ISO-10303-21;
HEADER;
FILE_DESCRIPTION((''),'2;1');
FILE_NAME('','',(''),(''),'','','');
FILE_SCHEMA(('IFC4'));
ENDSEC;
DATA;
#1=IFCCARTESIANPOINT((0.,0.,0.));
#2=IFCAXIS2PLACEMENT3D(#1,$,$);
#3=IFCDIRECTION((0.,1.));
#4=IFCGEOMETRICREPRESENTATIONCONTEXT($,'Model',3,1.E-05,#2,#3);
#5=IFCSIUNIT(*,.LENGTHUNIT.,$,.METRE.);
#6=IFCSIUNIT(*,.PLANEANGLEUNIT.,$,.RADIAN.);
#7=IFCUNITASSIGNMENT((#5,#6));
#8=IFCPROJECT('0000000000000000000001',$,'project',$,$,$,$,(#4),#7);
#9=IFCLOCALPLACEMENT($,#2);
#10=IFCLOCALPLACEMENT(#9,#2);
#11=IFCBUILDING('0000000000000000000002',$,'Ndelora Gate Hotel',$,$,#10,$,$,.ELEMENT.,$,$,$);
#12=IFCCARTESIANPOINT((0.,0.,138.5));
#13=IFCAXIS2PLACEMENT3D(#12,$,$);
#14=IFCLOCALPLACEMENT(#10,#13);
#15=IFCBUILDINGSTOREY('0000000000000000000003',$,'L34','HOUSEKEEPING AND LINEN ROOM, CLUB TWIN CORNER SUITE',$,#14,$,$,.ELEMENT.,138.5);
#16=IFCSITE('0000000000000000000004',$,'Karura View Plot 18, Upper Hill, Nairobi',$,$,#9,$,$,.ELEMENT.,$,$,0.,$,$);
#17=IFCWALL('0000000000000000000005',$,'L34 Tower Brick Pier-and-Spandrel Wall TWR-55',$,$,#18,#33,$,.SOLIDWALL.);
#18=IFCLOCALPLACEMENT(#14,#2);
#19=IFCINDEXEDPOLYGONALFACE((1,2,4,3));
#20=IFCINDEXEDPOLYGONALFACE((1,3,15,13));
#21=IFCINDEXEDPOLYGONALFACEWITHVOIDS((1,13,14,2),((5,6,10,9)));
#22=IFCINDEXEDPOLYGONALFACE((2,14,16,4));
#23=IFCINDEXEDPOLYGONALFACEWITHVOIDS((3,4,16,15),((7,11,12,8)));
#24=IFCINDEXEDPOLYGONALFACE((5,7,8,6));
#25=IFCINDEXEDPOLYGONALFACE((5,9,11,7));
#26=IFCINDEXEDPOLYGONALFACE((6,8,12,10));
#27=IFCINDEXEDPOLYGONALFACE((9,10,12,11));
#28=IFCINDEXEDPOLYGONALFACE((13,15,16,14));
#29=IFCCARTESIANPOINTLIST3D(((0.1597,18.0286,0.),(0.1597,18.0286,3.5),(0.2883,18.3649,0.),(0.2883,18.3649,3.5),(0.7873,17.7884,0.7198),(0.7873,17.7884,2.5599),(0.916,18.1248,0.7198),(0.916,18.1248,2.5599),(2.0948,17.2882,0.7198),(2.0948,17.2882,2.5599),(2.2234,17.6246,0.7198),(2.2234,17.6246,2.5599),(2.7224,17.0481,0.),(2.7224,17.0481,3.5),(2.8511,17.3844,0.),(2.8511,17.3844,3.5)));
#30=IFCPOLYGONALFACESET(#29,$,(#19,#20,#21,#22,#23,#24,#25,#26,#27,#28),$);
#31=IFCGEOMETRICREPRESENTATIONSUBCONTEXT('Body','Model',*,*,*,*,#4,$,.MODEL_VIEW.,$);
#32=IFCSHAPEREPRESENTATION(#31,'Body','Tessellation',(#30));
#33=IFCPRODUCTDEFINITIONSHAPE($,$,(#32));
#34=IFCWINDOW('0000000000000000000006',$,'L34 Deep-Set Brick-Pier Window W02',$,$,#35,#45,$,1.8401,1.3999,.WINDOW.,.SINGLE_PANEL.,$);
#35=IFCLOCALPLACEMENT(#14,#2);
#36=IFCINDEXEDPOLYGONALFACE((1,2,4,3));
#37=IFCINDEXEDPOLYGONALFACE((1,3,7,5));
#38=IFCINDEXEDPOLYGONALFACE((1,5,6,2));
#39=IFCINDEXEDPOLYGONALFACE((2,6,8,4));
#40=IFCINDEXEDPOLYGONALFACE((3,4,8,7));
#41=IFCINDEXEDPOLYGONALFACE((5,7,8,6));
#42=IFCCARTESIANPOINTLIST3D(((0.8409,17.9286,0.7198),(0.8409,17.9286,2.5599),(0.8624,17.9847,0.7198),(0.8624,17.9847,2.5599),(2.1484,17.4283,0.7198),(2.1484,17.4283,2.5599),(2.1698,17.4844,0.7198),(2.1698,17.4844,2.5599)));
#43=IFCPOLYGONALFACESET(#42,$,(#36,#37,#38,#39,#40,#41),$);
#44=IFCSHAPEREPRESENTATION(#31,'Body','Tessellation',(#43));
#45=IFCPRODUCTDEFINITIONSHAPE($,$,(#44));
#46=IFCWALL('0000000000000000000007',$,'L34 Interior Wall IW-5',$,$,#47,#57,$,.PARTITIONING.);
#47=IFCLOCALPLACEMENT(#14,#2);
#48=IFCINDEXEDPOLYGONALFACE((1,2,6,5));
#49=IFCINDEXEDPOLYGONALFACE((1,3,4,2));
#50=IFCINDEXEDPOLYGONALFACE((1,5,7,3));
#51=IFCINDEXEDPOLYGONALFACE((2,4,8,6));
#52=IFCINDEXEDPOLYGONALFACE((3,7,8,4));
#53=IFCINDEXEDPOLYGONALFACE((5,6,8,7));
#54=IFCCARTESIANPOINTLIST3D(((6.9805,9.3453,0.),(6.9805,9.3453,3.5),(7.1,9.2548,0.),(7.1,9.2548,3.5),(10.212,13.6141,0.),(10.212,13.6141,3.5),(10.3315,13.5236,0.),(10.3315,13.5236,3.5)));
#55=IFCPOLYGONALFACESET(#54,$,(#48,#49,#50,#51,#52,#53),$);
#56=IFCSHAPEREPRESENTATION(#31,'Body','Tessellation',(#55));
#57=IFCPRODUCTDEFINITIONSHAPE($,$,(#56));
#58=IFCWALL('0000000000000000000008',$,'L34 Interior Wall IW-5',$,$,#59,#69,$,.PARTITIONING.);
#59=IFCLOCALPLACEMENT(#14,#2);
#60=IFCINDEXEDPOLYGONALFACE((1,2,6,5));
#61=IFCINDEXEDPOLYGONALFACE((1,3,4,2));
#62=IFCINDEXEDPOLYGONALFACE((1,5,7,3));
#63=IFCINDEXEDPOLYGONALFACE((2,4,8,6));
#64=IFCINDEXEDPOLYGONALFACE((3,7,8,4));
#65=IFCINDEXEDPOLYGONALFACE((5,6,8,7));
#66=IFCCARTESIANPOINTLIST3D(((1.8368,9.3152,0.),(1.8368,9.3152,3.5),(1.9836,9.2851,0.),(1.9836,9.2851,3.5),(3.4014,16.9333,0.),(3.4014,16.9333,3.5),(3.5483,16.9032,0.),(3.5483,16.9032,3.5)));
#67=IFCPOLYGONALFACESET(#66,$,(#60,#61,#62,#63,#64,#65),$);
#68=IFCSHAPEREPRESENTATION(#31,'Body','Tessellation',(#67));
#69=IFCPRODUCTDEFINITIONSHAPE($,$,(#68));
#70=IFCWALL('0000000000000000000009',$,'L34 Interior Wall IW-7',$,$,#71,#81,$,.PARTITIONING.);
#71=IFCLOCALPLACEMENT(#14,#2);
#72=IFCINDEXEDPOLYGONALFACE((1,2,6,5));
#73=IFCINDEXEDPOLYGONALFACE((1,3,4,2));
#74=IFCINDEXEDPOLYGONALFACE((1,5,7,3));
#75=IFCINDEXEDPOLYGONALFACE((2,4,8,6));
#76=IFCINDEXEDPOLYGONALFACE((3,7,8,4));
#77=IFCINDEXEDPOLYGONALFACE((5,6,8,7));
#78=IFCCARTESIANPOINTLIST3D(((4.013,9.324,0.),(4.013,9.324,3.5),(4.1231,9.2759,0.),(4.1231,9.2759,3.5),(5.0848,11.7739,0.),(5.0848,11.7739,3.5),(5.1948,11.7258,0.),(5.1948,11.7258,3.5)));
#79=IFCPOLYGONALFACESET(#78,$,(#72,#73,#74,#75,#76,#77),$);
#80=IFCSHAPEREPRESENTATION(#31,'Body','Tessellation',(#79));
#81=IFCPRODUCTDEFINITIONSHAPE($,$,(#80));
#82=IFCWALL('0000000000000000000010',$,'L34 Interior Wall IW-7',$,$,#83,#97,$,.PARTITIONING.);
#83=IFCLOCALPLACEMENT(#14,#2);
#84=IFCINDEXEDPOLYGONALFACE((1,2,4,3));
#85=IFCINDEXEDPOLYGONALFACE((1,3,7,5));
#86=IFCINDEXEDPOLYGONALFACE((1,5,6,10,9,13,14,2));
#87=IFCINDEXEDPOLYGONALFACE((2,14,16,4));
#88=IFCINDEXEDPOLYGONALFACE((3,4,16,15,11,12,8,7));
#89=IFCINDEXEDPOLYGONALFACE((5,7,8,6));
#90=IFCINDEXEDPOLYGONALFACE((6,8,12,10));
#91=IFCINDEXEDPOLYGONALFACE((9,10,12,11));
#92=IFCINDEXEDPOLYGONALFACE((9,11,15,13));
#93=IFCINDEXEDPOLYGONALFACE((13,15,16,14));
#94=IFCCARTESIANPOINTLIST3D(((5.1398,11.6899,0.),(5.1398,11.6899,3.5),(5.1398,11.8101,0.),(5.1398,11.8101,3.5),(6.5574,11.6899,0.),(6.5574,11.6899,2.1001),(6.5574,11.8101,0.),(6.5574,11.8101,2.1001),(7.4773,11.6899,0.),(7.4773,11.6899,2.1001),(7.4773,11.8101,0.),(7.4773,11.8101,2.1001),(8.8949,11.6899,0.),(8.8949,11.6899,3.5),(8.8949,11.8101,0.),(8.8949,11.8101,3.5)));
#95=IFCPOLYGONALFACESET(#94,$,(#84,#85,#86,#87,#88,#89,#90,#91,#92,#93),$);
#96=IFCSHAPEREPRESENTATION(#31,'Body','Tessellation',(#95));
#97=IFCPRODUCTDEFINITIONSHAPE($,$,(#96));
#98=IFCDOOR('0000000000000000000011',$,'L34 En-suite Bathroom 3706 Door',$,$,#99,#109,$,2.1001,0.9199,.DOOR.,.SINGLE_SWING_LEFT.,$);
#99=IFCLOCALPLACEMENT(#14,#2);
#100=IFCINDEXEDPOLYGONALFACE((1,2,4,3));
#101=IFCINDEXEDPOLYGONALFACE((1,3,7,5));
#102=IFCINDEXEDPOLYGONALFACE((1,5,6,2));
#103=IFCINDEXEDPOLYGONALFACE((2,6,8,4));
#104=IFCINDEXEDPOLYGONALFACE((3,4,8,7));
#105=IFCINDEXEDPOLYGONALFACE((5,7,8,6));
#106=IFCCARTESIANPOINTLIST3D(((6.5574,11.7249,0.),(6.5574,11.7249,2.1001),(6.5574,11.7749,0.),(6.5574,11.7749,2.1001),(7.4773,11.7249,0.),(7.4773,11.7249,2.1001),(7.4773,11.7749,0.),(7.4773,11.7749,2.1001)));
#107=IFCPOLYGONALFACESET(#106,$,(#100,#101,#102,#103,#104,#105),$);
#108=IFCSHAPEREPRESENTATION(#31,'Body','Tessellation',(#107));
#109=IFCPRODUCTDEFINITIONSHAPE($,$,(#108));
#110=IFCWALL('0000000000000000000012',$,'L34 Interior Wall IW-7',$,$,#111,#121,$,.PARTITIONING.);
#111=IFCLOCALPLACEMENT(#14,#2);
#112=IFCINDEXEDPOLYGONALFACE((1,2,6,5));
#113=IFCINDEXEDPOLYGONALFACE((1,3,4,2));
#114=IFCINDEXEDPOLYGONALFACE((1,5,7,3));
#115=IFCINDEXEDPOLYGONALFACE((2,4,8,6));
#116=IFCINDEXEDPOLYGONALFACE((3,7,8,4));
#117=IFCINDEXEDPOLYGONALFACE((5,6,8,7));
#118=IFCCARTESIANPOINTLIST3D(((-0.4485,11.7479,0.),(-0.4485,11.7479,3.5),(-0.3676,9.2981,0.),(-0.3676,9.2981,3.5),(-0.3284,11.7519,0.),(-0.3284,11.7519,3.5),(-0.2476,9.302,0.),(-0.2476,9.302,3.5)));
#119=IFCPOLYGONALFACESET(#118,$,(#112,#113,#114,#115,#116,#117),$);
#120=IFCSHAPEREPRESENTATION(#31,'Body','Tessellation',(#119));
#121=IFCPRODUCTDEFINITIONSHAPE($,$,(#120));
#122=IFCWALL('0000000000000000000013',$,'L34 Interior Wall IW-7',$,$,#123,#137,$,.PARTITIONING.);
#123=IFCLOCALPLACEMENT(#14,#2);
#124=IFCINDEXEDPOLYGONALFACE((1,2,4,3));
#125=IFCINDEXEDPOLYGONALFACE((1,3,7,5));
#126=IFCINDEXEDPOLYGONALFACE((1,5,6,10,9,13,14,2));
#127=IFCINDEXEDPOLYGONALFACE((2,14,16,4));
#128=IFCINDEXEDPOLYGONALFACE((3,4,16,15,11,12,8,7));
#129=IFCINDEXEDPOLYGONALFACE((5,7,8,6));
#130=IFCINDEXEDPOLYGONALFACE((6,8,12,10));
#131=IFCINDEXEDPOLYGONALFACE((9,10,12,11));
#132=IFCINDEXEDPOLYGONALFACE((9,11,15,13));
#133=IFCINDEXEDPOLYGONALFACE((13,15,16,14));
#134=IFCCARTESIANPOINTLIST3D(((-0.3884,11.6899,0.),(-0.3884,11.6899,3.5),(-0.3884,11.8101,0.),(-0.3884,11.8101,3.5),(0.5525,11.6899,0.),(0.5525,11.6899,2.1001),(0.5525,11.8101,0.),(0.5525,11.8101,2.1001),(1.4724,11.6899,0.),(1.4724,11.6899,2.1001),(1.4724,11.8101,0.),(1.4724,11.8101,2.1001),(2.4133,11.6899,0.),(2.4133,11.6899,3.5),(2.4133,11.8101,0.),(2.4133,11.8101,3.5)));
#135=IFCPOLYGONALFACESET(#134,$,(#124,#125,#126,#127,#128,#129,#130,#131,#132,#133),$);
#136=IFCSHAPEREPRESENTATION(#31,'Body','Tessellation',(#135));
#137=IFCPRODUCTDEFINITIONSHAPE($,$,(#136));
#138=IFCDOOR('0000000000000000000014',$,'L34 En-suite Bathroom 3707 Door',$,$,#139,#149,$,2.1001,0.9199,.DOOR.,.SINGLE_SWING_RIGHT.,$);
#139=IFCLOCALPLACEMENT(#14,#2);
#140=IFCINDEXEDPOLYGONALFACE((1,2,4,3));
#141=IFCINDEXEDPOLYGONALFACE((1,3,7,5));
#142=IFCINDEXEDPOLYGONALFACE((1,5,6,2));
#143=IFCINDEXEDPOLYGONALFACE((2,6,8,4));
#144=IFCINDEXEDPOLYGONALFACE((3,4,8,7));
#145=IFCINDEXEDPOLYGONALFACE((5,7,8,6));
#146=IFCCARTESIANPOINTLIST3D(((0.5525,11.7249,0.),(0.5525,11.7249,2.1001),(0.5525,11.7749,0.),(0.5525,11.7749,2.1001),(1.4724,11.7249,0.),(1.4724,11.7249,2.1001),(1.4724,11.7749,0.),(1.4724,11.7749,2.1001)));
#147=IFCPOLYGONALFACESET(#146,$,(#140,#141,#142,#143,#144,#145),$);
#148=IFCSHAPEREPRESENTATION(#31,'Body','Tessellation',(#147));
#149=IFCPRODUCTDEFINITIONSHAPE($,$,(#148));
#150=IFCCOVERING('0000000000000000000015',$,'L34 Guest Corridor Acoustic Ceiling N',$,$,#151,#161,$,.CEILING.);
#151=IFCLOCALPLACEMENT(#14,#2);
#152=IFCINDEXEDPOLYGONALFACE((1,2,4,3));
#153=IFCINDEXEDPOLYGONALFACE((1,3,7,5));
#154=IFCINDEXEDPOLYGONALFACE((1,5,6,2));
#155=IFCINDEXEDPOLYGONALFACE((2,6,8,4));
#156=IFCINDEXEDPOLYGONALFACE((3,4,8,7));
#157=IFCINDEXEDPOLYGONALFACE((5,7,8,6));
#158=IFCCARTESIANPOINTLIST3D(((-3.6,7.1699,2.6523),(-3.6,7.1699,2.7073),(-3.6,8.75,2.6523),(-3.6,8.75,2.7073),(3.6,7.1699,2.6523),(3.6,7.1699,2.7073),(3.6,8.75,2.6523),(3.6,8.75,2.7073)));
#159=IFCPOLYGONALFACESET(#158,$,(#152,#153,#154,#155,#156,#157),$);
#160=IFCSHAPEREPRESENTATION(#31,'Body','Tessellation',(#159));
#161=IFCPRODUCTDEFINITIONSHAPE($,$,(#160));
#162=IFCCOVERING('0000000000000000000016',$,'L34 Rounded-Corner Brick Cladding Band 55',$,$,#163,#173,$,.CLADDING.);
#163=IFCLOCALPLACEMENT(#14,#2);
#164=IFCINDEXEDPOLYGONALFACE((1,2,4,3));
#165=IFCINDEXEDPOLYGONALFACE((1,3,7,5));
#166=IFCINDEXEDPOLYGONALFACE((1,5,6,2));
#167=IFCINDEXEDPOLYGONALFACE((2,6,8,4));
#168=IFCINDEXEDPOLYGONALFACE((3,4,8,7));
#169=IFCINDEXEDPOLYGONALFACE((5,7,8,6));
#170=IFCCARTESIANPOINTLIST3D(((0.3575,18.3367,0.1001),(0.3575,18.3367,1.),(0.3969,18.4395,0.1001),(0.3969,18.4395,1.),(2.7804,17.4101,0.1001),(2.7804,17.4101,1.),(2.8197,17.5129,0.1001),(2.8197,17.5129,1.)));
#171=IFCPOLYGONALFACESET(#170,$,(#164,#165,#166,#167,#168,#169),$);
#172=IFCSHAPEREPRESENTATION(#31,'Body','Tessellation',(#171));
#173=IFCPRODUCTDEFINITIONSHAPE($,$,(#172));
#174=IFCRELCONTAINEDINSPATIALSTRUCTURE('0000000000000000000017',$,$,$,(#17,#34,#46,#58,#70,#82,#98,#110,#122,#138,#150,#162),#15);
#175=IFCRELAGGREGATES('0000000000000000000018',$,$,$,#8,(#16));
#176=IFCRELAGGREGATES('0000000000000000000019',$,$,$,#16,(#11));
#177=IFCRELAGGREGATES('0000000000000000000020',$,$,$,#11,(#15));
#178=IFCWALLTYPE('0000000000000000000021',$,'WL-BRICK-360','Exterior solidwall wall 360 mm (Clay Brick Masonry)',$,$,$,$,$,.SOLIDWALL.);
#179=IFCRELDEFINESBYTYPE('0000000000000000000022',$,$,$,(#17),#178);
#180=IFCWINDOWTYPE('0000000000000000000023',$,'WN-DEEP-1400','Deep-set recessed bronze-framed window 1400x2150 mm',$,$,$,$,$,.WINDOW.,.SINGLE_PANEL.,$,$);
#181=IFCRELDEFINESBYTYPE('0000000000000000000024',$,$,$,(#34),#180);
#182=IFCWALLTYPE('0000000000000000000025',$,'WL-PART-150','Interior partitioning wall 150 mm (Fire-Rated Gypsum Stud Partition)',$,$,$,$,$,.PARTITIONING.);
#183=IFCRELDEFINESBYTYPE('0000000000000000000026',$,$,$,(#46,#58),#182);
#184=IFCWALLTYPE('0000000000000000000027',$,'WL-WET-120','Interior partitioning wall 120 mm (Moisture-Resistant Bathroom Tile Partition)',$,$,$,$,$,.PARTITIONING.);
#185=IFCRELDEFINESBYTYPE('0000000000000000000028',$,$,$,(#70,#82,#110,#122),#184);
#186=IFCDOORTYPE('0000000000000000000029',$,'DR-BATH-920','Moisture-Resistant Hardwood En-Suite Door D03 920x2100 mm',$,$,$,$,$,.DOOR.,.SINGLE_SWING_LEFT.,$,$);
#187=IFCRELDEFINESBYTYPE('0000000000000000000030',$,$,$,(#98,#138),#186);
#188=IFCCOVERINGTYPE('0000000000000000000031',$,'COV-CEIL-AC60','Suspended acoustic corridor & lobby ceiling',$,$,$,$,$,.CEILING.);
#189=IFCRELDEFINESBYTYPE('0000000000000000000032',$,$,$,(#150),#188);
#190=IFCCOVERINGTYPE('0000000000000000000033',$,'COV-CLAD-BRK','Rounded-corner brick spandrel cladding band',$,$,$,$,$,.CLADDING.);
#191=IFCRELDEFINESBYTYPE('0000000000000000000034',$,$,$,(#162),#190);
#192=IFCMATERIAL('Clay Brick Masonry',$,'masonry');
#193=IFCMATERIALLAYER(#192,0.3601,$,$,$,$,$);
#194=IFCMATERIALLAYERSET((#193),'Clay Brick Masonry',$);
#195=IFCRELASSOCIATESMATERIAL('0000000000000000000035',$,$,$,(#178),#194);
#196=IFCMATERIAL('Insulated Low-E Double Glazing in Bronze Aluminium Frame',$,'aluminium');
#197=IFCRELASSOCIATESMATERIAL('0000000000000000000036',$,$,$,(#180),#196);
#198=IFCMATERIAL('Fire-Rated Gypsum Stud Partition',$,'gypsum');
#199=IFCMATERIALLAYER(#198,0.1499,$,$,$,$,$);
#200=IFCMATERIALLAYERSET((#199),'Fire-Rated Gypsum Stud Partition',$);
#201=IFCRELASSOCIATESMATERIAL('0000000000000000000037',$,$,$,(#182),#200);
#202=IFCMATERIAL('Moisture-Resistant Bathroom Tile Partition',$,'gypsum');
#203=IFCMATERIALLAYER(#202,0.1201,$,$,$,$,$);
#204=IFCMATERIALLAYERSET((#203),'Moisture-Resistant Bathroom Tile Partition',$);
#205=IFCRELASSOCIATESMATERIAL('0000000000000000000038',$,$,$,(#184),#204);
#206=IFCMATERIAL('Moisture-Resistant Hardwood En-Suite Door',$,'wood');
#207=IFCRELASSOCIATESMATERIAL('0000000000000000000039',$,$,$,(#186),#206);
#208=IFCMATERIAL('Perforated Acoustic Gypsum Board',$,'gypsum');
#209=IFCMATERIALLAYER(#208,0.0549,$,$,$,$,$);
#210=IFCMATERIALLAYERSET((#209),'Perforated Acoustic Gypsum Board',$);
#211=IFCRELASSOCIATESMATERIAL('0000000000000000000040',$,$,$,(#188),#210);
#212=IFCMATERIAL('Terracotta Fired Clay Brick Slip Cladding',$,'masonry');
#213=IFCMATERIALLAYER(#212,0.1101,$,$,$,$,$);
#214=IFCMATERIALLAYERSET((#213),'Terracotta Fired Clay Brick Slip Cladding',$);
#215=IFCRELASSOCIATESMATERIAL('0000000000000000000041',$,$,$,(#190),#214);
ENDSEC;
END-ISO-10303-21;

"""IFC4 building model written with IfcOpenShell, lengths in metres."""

from ifc_helpers import new_model, si_unit, direction, frame, frame_2d, origin, origin_2d, place, context, subcontext, project, spatial, rectangle, extrude, material, layer, layer_set, type_object, element, fill, save


model = new_model("IFC4")

# Units and contexts
model_context = context("Model", 3, precision=1e-05, world=origin(), true_north=direction((0.0, 1.0)))
body_context = subcontext(model_context, "Body", "Model", "MODEL_VIEW")
ifc_project = project(units=[si_unit("LENGTHUNIT", "METRE"), si_unit("PLANEANGLEUNIT", "RADIAN")], contexts=[model_context])

# Site, building, storey
site_placement = place(None, origin())
site = spatial("IfcSite", under=ifc_project, at=site_placement, Name="Karura View Plot 18, Upper Hill, Nairobi", CompositionType="ELEMENT", RefElevation=0.0)
building_placement = place(site_placement, origin())
building = spatial("IfcBuilding", under=site, at=building_placement, Name="Ndelora Gate Hotel", CompositionType="ELEMENT")
storey_placement = place(building_placement, frame((0.0, 0.0, 138.5)))
storey = spatial("IfcBuildingStorey", under=building, at=storey_placement, Name="L34", Description="HOUSEKEEPING AND LINEN ROOM, CLUB TWIN CORNER SUITE", CompositionType="ELEMENT", Elevation=138.5)

# Shared definitions
ifc_material_1 = material(Name="Clay Brick Masonry", Category="masonry")
ifc_layer_1 = layer(ifc_material_1, 0.3601)
ifc_layer_set_1 = layer_set([ifc_layer_1], Name="Clay Brick Masonry")
wall_type_1 = type_object("IfcWallType", Name="WL-BRICK-360", Description="Exterior solidwall wall 360 mm (Clay Brick Masonry)", PredefinedType="SOLIDWALL", material=ifc_layer_set_1)
ifc_material_2 = material(Name="Insulated Low-E Double Glazing in Bronze Aluminium Frame", Category="aluminium")
window_type = type_object("IfcWindowType", Name="WN-DEEP-1400", Description="Deep-set recessed bronze-framed window 1400x2150 mm", PartitioningType="SINGLE_PANEL", PredefinedType="WINDOW", material=ifc_material_2)

# Wall, opening, window
wall_1_placement = place(storey_placement, frame((0.2239, 18.1968, 0.0), z_axis=(0.0, 0.0, 1.0), x_axis=(0.933979, -0.357327, 0.0)))
wall_1 = element("IfcWall", 1, at=wall_1_placement, inside=storey, type_object=wall_type_1, Name="L34 Tower Brick Pier-and-Spandrel Wall TWR-55", PredefinedType="SOLIDWALL", context=body_context, shape_type="SweptSolid", body=[
    extrude(rectangle(XDim=2.7439, YDim=0.3601, at=frame_2d((1.3721, 0.0))), origin(), (0.0, 0.0, 1.0), 3.5),
])
opening_1_placement = place(wall_1_placement, frame((0.6721, 0.0, 0.72)))
opening_1 = element("IfcOpeningElement", 2, at=opening_1_placement, cuts=wall_1, PredefinedType="OPENING", context=body_context, shape_type="SweptSolid", body=[
    extrude(rectangle(XDim=1.3999, YDim=1.8401, at=frame_2d((0.7, 0.9199))), frame((0.0, 0.1899, 0.0), z_axis=(0.0, -1.0, 0.0), x_axis=(1.0, 0.0, 0.0)), (0.0, 0.0, 1.0), 0.3801),
])
window_1_placement = place(opening_1_placement, origin())
window_1 = element("IfcWindow", 3, at=window_1_placement, inside=storey, type_object=window_type, Name="L34 Deep-Set Brick-Pier Window W02", OverallHeight=1.8401, OverallWidth=1.3999, PartitioningType="SINGLE_PANEL", PredefinedType="WINDOW", context=body_context, shape_type="SweptSolid", body=[
    extrude(rectangle(XDim=1.3999, YDim=1.8401, at=frame_2d((0.7, 0.9199))), frame((0.0, 0.03, 0.0), z_axis=(0.0, -1.0, 0.0), x_axis=(1.0, 0.0, 0.0)), (0.0, 0.0, 1.0), 0.0601),
])
fill(opening_1, window_1)

# Walls
ifc_material_3 = material(Name="Fire-Rated Gypsum Stud Partition", Category="gypsum")
ifc_layer_2 = layer(ifc_material_3, 0.1499)
ifc_layer_set_2 = layer_set([ifc_layer_2], Name="Fire-Rated Gypsum Stud Partition")
wall_type_2 = type_object("IfcWallType", Name="WL-PART-150", Description="Interior partitioning wall 150 mm (Fire-Rated Gypsum Stud Partition)", PredefinedType="PARTITIONING", material=ifc_layer_set_2)
wall_2_placement = place(storey_placement, frame((7.0403, 9.3, 0.0), z_axis=(0.0, 0.0, 1.0), x_axis=(0.603562, 0.797316, 0.0)))
element("IfcWall", 4, at=wall_2_placement, inside=storey, type_object=wall_type_2, Name="L34 Interior Wall IW-5", PredefinedType="PARTITIONING", context=body_context, shape_type="SweptSolid", body=[
    extrude(rectangle(XDim=5.354, YDim=0.1499, at=frame_2d((2.677, 0.0))), origin(), (0.0, 0.0, 1.0), 3.5),
])
wall_3_placement = place(storey_placement, frame((1.9102, 9.3, 0.0), z_axis=(0.0, 0.0, 1.0), x_axis=(0.201191, 0.979552, 0.0)))
element("IfcWall", 5, at=wall_3_placement, inside=storey, type_object=wall_type_2, Name="L34 Interior Wall IW-5", PredefinedType="PARTITIONING", context=body_context, shape_type="SweptSolid", body=[
    extrude(rectangle(XDim=7.7771, YDim=0.1499, at=frame_2d((3.8887, 0.0))), origin(), (0.0, 0.0, 1.0), 3.5),
])
ifc_material_4 = material(Name="Moisture-Resistant Bathroom Tile Partition", Category="gypsum")
ifc_layer_3 = layer(ifc_material_4, 0.1201)
ifc_layer_set_3 = layer_set([ifc_layer_3], Name="Moisture-Resistant Bathroom Tile Partition")
wall_type_3 = type_object("IfcWallType", Name="WL-WET-120", Description="Interior partitioning wall 120 mm (Moisture-Resistant Bathroom Tile Partition)", PredefinedType="PARTITIONING", material=ifc_layer_set_3)
wall_4_placement = place(storey_placement, frame((4.0681, 9.3, 0.0), z_axis=(0.0, 0.0, 1.0), x_axis=(0.400795, 0.916168, 0.0)))
element("IfcWall", 6, at=wall_4_placement, inside=storey, type_object=wall_type_3, Name="L34 Interior Wall IW-7", PredefinedType="PARTITIONING", context=body_context, shape_type="SweptSolid", body=[
    extrude(rectangle(XDim=2.6741, YDim=0.1201, at=frame_2d((1.3369, 0.0))), origin(), (0.0, 0.0, 1.0), 3.5),
])

# Wall, opening, door
wall_5_placement = place(storey_placement, frame((5.1399, 11.75, 0.0), z_axis=(0.0, 0.0, 1.0), x_axis=(1.0, 0.0, 0.0)))
wall_5 = element("IfcWall", 7, at=wall_5_placement, inside=storey, type_object=wall_type_3, Name="L34 Interior Wall IW-7", PredefinedType="PARTITIONING", context=body_context, shape_type="SweptSolid", body=[
    extrude(rectangle(XDim=3.7551, YDim=0.1201, at=frame_2d((1.8774, 0.0))), origin(), (0.0, 0.0, 1.0), 3.5),
])
opening_2_placement = place(wall_5_placement, frame((1.4175, 0.0, 0.0)))
opening_2 = element("IfcOpeningElement", 8, at=opening_2_placement, cuts=wall_5, PredefinedType="OPENING", context=body_context, shape_type="SweptSolid", body=[
    extrude(rectangle(XDim=0.9199, YDim=2.1001, at=frame_2d((0.46, 1.05))), frame((0.0, 0.0701, 0.0), z_axis=(0.0, -1.0, 0.0), x_axis=(1.0, 0.0, 0.0)), (0.0, 0.0, 1.0), 0.1401),
])
ifc_material_5 = material(Name="Moisture-Resistant Hardwood En-Suite Door", Category="wood")
door_type = type_object("IfcDoorType", Name="DR-BATH-920", Description="Moisture-Resistant Hardwood En-Suite Door D03 920x2100 mm", OperationType="SINGLE_SWING_LEFT", PredefinedType="DOOR", material=ifc_material_5)
door_1_placement = place(opening_2_placement, origin())
door_1 = element("IfcDoor", 9, at=door_1_placement, inside=storey, type_object=door_type, Name="L34 En-suite Bathroom 3706 Door", OperationType="SINGLE_SWING_LEFT", OverallHeight=2.1001, OverallWidth=0.9199, PredefinedType="DOOR", context=body_context, shape_type="SweptSolid", body=[
    extrude(rectangle(XDim=0.9199, YDim=2.1001, at=frame_2d((0.46, 1.05))), frame((0.0, 0.0249, 0.0), z_axis=(0.0, -1.0, 0.0), x_axis=(1.0, 0.0, 0.0)), (0.0, 0.0, 1.0), 0.05),
])
fill(opening_2, door_1)

# Wall
wall_6_placement = place(storey_placement, frame((-0.3076, 9.3, 0.0), z_axis=(0.0, 0.0, 1.0), x_axis=(-0.032967, 0.999456, 0.0)))
element("IfcWall", 10, at=wall_6_placement, inside=storey, type_object=wall_type_3, Name="L34 Interior Wall IW-7", PredefinedType="PARTITIONING", context=body_context, shape_type="SweptSolid", body=[
    extrude(rectangle(XDim=2.4512, YDim=0.1201, at=frame_2d((1.2256, 0.0))), origin(), (0.0, 0.0, 1.0), 3.5),
])

# Wall, opening, door
wall_7_placement = place(storey_placement, frame((-0.3884, 11.75, 0.0), z_axis=(0.0, 0.0, 1.0), x_axis=(1.0, 0.0, 0.0)))
wall_7 = element("IfcWall", 11, at=wall_7_placement, inside=storey, type_object=wall_type_3, Name="L34 Interior Wall IW-7", PredefinedType="PARTITIONING", context=body_context, shape_type="SweptSolid", body=[
    extrude(rectangle(XDim=2.8018, YDim=0.1201, at=frame_2d((1.4009, 0.0))), origin(), (0.0, 0.0, 1.0), 3.5),
])
opening_3_placement = place(wall_7_placement, frame((0.9409, 0.0, 0.0)))
opening_3 = element("IfcOpeningElement", 12, at=opening_3_placement, cuts=wall_7, PredefinedType="OPENING", context=body_context, shape_type="SweptSolid", body=[
    extrude(rectangle(XDim=0.9199, YDim=2.1001, at=frame_2d((0.46, 1.05))), frame((0.0, 0.0701, 0.0), z_axis=(0.0, -1.0, 0.0), x_axis=(1.0, 0.0, 0.0)), (0.0, 0.0, 1.0), 0.1401),
])
door_2_placement = place(opening_3_placement, origin())
door_2 = element("IfcDoor", 13, at=door_2_placement, inside=storey, type_object=door_type, Name="L34 En-suite Bathroom 3707 Door", OperationType="SINGLE_SWING_RIGHT", OverallHeight=2.1001, OverallWidth=0.9199, PredefinedType="DOOR", context=body_context, shape_type="SweptSolid", body=[
    extrude(rectangle(XDim=0.9199, YDim=2.1001, at=frame_2d((0.46, 1.05))), frame((0.0, 0.0249, 0.0), z_axis=(0.0, -1.0, 0.0), x_axis=(1.0, 0.0, 0.0)), (0.0, 0.0, 1.0), 0.05),
])
fill(opening_3, door_2)

# Coverings
ifc_material_6 = material(Name="Perforated Acoustic Gypsum Board", Category="gypsum")
ifc_layer_4 = layer(ifc_material_6, 0.0549)
ifc_layer_set_4 = layer_set([ifc_layer_4], Name="Perforated Acoustic Gypsum Board")
covering_type_1 = type_object("IfcCoveringType", Name="COV-CEIL-AC60", Description="Suspended acoustic corridor & lobby ceiling", PredefinedType="CEILING", material=ifc_layer_set_4)
covering_1_placement = place(storey_placement, frame((0.0, 7.96, 2.6523), z_axis=(0.0, 0.0, 1.0), x_axis=(1.0, 0.0, 0.0)))
element("IfcCovering", 14, at=covering_1_placement, inside=storey, type_object=covering_type_1, Name="L34 Guest Corridor Acoustic Ceiling N", PredefinedType="CEILING", context=body_context, shape_type="SweptSolid", body=[
    extrude(rectangle(XDim=7.2, YDim=1.5801, at=origin_2d()), origin(), (0.0, 0.0, 1.0), 0.0549),
])
ifc_material_7 = material(Name="Terracotta Fired Clay Brick Slip Cladding", Category="masonry")
ifc_layer_5 = layer(ifc_material_7, 0.1101)
ifc_layer_set_5 = layer_set([ifc_layer_5], Name="Terracotta Fired Clay Brick Slip Cladding")
covering_type_2 = type_object("IfcCoveringType", Name="COV-CLAD-BRK", Description="Rounded-corner brick spandrel cladding band", PredefinedType="CLADDING", material=ifc_layer_set_5)
covering_2_placement = place(storey_placement, frame((1.5886, 17.9248, 0.1001), z_axis=(0.0, 0.0, 1.0), x_axis=(-0.934018, 0.357227, 0.0)))
element("IfcCovering", 15, at=covering_2_placement, inside=storey, type_object=covering_type_2, Name="L34 Rounded-Corner Brick Cladding Band 55", PredefinedType="CLADDING", context=body_context, shape_type="SweptSolid", body=[
    extrude(rectangle(XDim=2.594, YDim=0.1101, at=origin_2d()), origin(), (0.0, 0.0, 1.0), 0.8999),
])

save(model, "model.ifc")
